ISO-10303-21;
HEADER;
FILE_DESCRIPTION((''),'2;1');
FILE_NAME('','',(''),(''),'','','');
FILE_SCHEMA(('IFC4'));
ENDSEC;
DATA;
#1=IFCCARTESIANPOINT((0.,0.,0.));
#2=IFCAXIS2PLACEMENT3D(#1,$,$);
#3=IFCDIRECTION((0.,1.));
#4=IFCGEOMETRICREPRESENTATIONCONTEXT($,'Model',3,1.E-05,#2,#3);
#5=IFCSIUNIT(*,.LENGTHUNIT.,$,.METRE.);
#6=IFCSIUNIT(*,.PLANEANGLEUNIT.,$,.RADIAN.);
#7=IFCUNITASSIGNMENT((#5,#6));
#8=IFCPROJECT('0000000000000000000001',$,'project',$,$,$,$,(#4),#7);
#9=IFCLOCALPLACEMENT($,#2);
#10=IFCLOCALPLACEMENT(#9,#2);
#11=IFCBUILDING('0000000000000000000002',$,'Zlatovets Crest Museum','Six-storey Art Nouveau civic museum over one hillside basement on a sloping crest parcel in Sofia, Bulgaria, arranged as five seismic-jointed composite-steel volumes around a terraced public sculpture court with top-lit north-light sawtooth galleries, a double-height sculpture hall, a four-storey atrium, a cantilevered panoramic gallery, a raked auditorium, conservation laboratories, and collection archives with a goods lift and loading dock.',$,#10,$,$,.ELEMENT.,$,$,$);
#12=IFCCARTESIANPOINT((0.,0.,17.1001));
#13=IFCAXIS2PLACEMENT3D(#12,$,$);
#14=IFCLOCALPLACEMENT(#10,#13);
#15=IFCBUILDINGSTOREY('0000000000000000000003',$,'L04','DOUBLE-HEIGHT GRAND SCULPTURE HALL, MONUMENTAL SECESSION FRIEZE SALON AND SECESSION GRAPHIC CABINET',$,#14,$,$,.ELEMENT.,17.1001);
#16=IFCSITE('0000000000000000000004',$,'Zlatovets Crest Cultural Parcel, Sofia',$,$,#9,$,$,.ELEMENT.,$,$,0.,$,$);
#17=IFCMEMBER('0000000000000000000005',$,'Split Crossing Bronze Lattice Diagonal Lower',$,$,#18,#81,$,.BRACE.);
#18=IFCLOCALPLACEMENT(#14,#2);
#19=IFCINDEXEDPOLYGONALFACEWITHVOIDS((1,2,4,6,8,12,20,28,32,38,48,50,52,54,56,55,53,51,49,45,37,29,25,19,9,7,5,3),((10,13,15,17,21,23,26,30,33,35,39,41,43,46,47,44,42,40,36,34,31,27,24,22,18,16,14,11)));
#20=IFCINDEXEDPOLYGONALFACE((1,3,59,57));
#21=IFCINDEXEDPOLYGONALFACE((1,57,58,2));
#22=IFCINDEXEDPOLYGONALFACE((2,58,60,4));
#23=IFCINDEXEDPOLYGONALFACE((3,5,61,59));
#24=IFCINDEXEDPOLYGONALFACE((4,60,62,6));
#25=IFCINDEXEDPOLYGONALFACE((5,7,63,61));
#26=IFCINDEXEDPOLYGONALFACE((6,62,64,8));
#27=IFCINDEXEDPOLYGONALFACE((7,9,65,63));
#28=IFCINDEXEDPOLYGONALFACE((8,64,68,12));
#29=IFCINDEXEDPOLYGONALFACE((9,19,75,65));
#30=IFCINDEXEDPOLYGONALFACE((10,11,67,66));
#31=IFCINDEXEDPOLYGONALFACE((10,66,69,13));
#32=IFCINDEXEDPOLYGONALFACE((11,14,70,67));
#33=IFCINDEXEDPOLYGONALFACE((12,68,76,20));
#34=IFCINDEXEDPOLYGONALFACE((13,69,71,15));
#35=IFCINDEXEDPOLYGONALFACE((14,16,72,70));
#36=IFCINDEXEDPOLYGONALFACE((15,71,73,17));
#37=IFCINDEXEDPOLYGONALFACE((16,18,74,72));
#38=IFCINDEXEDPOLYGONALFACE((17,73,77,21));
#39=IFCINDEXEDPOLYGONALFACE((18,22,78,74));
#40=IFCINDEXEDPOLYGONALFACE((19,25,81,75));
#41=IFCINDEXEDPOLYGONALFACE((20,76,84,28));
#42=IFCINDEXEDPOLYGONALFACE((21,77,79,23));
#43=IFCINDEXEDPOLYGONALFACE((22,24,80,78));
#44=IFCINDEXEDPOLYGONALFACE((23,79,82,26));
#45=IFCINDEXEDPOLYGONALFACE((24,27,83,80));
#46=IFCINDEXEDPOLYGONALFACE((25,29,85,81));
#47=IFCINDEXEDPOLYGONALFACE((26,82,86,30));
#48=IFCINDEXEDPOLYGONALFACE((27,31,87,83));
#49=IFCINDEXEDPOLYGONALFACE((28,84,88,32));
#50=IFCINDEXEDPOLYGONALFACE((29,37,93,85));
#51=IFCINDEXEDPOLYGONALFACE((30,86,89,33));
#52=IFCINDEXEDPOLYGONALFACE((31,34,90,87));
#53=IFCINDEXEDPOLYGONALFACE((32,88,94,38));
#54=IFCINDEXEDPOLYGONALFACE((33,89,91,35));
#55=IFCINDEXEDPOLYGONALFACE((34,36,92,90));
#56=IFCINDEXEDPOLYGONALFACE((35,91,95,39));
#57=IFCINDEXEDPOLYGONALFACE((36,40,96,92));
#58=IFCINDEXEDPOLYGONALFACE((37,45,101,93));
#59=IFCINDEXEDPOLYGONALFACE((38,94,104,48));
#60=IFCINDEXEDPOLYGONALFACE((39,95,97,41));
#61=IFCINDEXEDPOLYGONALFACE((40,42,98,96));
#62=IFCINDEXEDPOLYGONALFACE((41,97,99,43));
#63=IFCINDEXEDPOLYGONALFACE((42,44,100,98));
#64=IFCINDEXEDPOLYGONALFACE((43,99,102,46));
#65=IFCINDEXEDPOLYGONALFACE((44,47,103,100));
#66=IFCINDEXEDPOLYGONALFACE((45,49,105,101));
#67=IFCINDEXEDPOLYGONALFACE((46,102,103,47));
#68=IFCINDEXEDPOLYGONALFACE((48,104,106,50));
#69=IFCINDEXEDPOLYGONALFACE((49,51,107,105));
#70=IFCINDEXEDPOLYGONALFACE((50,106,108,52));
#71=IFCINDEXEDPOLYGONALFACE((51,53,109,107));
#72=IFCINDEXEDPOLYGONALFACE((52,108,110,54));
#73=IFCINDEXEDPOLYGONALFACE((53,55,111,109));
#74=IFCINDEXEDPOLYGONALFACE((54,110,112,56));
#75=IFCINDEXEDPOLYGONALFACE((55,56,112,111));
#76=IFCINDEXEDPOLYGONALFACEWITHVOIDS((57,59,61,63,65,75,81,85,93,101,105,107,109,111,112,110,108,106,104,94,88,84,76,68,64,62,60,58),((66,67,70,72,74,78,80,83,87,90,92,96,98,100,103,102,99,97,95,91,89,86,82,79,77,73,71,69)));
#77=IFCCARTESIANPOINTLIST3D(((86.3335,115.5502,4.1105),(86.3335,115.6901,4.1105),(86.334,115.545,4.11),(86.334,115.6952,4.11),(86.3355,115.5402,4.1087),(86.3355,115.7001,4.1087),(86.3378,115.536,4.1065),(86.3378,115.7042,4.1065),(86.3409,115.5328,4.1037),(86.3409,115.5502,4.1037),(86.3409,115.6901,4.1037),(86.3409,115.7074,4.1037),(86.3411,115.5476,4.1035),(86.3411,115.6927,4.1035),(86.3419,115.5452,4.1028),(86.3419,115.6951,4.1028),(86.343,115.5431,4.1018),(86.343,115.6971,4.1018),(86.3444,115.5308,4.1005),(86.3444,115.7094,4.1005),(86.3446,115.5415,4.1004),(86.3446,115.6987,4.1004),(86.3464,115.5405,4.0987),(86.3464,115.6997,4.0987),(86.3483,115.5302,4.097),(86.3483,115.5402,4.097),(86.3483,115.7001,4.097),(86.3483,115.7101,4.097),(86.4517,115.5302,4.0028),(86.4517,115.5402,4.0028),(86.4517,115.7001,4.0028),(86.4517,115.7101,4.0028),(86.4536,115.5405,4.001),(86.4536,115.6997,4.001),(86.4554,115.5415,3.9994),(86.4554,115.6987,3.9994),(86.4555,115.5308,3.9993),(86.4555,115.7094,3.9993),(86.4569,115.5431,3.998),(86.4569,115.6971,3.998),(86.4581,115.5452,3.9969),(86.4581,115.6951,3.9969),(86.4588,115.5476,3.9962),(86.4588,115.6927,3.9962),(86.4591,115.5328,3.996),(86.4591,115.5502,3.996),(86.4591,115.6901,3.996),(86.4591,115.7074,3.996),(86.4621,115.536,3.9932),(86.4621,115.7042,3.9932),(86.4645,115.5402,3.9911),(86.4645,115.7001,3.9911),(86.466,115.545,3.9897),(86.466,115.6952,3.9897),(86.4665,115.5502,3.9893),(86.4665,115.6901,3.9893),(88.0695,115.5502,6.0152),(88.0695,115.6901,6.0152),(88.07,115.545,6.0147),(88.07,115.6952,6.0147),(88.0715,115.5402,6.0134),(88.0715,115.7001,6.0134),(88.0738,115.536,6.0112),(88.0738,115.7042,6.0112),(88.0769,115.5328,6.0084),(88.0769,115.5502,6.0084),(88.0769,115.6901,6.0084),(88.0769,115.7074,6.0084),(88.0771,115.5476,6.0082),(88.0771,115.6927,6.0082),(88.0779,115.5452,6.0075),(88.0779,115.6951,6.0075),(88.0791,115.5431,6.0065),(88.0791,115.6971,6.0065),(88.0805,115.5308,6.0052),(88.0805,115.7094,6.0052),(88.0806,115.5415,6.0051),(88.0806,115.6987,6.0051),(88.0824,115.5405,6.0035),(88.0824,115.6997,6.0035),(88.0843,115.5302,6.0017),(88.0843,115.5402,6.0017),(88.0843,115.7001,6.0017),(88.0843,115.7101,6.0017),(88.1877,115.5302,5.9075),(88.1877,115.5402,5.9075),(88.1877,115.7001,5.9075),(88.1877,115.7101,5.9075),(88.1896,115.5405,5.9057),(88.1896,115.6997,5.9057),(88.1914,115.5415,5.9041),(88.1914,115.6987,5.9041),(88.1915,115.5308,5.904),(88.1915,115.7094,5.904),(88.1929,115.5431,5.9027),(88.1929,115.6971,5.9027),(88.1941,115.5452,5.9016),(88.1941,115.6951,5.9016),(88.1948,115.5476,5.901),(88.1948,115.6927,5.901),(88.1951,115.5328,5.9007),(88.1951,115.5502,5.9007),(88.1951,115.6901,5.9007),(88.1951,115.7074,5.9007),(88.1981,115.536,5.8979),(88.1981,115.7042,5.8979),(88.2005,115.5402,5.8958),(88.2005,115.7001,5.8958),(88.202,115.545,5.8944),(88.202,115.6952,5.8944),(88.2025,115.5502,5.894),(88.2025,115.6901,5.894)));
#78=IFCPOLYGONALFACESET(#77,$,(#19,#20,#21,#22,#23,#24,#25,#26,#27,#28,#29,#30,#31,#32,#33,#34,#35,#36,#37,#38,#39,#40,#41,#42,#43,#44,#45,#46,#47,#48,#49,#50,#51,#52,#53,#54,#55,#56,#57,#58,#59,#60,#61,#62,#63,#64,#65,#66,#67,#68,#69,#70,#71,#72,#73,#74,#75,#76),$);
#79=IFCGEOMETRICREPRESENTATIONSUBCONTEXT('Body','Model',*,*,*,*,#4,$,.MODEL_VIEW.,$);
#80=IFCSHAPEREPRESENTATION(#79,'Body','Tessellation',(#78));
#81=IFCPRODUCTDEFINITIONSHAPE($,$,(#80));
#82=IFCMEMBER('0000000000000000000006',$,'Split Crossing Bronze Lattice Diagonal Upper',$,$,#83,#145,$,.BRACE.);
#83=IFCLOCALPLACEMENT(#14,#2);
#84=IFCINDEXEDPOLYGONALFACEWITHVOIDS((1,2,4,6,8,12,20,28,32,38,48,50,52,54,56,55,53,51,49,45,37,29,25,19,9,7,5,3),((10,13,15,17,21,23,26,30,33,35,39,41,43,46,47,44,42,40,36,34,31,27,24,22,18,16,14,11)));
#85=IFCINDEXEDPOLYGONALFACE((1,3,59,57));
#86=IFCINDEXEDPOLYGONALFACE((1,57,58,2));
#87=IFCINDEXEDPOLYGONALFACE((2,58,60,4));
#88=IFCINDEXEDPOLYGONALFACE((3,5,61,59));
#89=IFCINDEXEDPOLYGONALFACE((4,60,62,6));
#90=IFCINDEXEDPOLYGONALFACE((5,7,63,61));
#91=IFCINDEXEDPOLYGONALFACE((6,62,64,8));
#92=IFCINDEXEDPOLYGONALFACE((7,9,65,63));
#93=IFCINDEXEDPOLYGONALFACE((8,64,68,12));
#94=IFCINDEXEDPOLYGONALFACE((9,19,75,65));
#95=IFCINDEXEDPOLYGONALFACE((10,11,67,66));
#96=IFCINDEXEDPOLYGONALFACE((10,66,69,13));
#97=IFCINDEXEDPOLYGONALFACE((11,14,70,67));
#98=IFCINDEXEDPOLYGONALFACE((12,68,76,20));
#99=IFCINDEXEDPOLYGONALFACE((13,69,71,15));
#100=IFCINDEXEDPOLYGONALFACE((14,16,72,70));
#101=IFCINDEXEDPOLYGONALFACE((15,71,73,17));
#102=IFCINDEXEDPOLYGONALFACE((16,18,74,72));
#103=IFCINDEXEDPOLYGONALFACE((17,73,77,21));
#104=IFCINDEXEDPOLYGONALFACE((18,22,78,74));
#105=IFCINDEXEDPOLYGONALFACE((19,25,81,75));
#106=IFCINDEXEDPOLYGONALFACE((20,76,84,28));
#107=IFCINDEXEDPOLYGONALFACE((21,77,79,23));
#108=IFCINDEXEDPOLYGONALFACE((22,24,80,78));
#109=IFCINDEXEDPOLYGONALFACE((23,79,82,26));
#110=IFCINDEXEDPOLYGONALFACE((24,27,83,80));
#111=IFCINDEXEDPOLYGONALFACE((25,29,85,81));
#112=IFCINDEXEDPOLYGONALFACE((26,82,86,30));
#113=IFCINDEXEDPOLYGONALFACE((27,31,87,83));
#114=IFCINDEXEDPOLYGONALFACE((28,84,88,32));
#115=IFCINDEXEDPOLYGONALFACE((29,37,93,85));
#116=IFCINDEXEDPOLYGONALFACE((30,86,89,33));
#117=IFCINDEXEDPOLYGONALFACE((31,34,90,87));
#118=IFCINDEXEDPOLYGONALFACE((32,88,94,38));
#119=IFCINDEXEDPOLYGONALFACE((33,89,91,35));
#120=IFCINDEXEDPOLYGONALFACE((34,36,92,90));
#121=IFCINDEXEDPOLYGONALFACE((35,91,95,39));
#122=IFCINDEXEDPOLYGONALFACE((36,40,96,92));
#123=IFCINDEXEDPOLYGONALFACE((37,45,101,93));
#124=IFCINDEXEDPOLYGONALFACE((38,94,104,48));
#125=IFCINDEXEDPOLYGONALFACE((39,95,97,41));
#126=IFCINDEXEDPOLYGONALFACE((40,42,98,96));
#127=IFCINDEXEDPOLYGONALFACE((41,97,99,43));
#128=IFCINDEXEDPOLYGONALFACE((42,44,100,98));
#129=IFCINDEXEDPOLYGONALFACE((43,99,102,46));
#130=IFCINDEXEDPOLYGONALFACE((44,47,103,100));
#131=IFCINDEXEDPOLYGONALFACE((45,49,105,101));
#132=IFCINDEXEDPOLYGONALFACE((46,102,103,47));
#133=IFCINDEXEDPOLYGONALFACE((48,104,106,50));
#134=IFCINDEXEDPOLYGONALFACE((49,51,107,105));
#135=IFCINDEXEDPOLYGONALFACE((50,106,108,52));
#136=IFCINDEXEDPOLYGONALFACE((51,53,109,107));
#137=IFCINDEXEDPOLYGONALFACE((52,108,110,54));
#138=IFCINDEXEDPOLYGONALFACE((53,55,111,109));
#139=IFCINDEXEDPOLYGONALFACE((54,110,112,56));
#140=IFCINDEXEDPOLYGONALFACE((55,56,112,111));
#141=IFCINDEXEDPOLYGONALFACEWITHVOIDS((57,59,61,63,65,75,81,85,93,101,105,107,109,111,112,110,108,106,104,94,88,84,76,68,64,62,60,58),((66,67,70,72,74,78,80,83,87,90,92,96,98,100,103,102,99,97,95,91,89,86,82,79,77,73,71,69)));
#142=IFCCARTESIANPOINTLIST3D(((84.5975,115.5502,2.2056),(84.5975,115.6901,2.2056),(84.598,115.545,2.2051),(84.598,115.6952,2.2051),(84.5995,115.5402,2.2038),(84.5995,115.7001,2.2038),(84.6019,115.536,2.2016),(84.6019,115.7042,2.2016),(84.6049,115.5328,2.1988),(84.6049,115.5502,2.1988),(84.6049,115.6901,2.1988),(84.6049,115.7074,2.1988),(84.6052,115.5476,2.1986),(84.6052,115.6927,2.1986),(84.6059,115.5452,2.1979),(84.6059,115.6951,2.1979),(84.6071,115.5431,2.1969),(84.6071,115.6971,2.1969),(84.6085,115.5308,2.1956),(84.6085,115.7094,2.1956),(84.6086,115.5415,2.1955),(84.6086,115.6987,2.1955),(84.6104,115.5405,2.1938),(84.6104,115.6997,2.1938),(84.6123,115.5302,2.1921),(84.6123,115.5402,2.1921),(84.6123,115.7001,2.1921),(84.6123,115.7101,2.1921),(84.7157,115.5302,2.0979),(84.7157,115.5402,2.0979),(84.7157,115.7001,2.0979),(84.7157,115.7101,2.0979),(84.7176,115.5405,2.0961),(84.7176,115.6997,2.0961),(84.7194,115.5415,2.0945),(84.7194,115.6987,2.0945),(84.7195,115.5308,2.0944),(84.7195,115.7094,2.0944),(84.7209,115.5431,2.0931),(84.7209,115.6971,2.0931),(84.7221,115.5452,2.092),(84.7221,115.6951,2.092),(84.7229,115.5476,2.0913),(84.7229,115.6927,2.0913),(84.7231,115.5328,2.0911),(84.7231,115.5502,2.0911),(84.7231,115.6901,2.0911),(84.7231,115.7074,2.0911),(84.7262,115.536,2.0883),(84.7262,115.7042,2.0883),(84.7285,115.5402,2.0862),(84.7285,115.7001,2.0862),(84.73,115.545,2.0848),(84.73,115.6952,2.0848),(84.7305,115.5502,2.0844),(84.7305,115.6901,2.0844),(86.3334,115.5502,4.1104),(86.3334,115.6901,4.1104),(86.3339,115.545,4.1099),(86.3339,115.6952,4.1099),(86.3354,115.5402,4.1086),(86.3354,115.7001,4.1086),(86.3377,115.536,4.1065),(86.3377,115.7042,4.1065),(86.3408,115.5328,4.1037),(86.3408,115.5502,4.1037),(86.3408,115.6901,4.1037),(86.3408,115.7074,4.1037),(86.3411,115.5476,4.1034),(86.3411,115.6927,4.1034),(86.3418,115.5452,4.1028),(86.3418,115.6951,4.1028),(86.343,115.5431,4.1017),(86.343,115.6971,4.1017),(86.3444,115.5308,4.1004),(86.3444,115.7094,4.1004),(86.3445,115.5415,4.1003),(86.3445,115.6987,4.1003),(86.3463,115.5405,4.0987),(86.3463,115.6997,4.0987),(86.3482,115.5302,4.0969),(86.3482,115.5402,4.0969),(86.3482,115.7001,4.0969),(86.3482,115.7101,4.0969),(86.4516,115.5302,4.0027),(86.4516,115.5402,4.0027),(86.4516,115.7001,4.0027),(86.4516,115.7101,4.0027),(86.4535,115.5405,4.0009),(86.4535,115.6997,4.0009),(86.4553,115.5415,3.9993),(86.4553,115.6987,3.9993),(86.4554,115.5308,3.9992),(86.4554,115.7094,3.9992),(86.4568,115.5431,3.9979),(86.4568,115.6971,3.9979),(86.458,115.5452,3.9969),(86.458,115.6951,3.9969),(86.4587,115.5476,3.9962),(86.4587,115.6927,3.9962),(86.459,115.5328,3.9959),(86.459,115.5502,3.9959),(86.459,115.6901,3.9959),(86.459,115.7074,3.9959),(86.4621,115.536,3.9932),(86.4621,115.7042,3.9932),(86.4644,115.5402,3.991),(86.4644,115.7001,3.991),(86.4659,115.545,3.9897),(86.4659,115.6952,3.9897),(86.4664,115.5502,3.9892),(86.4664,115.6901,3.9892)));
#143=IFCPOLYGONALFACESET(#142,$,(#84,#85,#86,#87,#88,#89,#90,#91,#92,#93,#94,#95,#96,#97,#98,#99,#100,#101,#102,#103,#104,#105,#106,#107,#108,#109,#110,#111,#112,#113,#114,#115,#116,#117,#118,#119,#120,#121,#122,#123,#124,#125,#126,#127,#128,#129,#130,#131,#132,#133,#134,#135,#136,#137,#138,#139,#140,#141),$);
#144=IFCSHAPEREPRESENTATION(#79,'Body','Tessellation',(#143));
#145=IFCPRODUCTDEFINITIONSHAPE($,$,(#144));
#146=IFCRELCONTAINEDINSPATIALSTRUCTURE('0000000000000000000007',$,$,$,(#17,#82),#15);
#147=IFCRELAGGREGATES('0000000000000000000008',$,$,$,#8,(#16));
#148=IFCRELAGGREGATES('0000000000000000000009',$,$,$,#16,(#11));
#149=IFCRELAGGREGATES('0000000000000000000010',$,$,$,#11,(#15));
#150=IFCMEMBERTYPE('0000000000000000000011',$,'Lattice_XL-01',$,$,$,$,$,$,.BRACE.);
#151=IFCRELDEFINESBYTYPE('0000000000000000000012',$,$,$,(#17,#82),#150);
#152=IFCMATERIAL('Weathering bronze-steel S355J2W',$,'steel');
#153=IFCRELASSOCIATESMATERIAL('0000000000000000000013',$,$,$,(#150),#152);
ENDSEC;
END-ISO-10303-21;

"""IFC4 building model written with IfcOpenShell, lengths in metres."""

from ifc_helpers import new_model, si_unit, direction, frame, origin, origin_2d, place, context, subcontext, project, spatial, hollow_rectangle, extrude, material, material_profile, profile_set, type_object, element, save


model = new_model("IFC4")

# Units and contexts
model_context = context("Model", 3, precision=1e-05, world=origin(), true_north=direction((0.0, 1.0)))
body_context = subcontext(model_context, "Body", "Model", "MODEL_VIEW")
ifc_project = project(units=[si_unit("LENGTHUNIT", "METRE"), si_unit("PLANEANGLEUNIT", "RADIAN")], contexts=[model_context])

# Site, building, storey
site_placement = place(None, origin())
site = spatial("IfcSite", under=ifc_project, at=site_placement, Name="Zlatovets Crest Cultural Parcel, Sofia", CompositionType="ELEMENT", RefElevation=0.0)
building_placement = place(site_placement, origin())
building = spatial("IfcBuilding", under=site, at=building_placement, Name="Zlatovets Crest Museum", Description="Six-storey Art Nouveau civic museum over one hillside basement on a sloping crest parcel in Sofia, Bulgaria, arranged as five seismic-jointed composite-steel volumes around a terraced public sculpture court with top-lit north-light sawtooth galleries, a double-height sculpture hall, a four-storey atrium, a cantilevered panoramic gallery, a raked auditorium, conservation laboratories, and collection archives with a goods lift and loading dock.", CompositionType="ELEMENT")
storey_placement = place(building_placement, frame((0.0, 0.0, 17.1001)))
storey = spatial("IfcBuildingStorey", under=building, at=storey_placement, Name="L04", Description="DOUBLE-HEIGHT GRAND SCULPTURE HALL, MONUMENTAL SECESSION FRIEZE SALON AND SECESSION GRAPHIC CABINET", CompositionType="ELEMENT", Elevation=17.1001)

# Members
ifc_material_1 = material(Name="Weathering bronze-steel S355J2W", Category="steel")
ifc_material_profile_1 = material_profile(ifc_material_1, hollow_rectangle(XDim=0.1799, YDim=0.1799, WallThickness=0.01, InnerFilletRadius=0.01, OuterFilletRadius=0.02, at=origin_2d()), Name="SHS 180x180x10.0")
ifc_profile_set_1 = profile_set([ifc_material_profile_1], Name="Weathering bronze-steel S355J2W")
member_type_1 = type_object("IfcMemberType", Name="Lattice_XL-01", PredefinedType="BRACE", material=ifc_profile_set_1)
for number, where, z_axis, x_axis, name in (
    (1, (88.136, 115.6201, 5.9546), (-0.67362, 0.0, -0.739078), (0.0, -1.0, 0.0), "Split Crossing Bronze Lattice Diagonal Lower"),
    (2, (86.3999, 115.6201, 4.0498), (-0.673568, 0.0, -0.739125), (0.0, -1.0, 0.0), "Split Crossing Bronze Lattice Diagonal Upper"),
):
    element("IfcMember", number, at=place(storey_placement, frame(where, z_axis=z_axis, x_axis=x_axis)), inside=storey, type_object=member_type_1, Name=name, PredefinedType="BRACE", context=body_context, shape_type="SweptSolid", body=[
        extrude(hollow_rectangle(XDim=0.1799, YDim=0.1799, WallThickness=0.01, InnerFilletRadius=0.01, OuterFilletRadius=0.02, at=origin_2d()), origin(), (0.0, 0.0, 1.0), 2.5771),
    ])

save(model, "model.ifc")
